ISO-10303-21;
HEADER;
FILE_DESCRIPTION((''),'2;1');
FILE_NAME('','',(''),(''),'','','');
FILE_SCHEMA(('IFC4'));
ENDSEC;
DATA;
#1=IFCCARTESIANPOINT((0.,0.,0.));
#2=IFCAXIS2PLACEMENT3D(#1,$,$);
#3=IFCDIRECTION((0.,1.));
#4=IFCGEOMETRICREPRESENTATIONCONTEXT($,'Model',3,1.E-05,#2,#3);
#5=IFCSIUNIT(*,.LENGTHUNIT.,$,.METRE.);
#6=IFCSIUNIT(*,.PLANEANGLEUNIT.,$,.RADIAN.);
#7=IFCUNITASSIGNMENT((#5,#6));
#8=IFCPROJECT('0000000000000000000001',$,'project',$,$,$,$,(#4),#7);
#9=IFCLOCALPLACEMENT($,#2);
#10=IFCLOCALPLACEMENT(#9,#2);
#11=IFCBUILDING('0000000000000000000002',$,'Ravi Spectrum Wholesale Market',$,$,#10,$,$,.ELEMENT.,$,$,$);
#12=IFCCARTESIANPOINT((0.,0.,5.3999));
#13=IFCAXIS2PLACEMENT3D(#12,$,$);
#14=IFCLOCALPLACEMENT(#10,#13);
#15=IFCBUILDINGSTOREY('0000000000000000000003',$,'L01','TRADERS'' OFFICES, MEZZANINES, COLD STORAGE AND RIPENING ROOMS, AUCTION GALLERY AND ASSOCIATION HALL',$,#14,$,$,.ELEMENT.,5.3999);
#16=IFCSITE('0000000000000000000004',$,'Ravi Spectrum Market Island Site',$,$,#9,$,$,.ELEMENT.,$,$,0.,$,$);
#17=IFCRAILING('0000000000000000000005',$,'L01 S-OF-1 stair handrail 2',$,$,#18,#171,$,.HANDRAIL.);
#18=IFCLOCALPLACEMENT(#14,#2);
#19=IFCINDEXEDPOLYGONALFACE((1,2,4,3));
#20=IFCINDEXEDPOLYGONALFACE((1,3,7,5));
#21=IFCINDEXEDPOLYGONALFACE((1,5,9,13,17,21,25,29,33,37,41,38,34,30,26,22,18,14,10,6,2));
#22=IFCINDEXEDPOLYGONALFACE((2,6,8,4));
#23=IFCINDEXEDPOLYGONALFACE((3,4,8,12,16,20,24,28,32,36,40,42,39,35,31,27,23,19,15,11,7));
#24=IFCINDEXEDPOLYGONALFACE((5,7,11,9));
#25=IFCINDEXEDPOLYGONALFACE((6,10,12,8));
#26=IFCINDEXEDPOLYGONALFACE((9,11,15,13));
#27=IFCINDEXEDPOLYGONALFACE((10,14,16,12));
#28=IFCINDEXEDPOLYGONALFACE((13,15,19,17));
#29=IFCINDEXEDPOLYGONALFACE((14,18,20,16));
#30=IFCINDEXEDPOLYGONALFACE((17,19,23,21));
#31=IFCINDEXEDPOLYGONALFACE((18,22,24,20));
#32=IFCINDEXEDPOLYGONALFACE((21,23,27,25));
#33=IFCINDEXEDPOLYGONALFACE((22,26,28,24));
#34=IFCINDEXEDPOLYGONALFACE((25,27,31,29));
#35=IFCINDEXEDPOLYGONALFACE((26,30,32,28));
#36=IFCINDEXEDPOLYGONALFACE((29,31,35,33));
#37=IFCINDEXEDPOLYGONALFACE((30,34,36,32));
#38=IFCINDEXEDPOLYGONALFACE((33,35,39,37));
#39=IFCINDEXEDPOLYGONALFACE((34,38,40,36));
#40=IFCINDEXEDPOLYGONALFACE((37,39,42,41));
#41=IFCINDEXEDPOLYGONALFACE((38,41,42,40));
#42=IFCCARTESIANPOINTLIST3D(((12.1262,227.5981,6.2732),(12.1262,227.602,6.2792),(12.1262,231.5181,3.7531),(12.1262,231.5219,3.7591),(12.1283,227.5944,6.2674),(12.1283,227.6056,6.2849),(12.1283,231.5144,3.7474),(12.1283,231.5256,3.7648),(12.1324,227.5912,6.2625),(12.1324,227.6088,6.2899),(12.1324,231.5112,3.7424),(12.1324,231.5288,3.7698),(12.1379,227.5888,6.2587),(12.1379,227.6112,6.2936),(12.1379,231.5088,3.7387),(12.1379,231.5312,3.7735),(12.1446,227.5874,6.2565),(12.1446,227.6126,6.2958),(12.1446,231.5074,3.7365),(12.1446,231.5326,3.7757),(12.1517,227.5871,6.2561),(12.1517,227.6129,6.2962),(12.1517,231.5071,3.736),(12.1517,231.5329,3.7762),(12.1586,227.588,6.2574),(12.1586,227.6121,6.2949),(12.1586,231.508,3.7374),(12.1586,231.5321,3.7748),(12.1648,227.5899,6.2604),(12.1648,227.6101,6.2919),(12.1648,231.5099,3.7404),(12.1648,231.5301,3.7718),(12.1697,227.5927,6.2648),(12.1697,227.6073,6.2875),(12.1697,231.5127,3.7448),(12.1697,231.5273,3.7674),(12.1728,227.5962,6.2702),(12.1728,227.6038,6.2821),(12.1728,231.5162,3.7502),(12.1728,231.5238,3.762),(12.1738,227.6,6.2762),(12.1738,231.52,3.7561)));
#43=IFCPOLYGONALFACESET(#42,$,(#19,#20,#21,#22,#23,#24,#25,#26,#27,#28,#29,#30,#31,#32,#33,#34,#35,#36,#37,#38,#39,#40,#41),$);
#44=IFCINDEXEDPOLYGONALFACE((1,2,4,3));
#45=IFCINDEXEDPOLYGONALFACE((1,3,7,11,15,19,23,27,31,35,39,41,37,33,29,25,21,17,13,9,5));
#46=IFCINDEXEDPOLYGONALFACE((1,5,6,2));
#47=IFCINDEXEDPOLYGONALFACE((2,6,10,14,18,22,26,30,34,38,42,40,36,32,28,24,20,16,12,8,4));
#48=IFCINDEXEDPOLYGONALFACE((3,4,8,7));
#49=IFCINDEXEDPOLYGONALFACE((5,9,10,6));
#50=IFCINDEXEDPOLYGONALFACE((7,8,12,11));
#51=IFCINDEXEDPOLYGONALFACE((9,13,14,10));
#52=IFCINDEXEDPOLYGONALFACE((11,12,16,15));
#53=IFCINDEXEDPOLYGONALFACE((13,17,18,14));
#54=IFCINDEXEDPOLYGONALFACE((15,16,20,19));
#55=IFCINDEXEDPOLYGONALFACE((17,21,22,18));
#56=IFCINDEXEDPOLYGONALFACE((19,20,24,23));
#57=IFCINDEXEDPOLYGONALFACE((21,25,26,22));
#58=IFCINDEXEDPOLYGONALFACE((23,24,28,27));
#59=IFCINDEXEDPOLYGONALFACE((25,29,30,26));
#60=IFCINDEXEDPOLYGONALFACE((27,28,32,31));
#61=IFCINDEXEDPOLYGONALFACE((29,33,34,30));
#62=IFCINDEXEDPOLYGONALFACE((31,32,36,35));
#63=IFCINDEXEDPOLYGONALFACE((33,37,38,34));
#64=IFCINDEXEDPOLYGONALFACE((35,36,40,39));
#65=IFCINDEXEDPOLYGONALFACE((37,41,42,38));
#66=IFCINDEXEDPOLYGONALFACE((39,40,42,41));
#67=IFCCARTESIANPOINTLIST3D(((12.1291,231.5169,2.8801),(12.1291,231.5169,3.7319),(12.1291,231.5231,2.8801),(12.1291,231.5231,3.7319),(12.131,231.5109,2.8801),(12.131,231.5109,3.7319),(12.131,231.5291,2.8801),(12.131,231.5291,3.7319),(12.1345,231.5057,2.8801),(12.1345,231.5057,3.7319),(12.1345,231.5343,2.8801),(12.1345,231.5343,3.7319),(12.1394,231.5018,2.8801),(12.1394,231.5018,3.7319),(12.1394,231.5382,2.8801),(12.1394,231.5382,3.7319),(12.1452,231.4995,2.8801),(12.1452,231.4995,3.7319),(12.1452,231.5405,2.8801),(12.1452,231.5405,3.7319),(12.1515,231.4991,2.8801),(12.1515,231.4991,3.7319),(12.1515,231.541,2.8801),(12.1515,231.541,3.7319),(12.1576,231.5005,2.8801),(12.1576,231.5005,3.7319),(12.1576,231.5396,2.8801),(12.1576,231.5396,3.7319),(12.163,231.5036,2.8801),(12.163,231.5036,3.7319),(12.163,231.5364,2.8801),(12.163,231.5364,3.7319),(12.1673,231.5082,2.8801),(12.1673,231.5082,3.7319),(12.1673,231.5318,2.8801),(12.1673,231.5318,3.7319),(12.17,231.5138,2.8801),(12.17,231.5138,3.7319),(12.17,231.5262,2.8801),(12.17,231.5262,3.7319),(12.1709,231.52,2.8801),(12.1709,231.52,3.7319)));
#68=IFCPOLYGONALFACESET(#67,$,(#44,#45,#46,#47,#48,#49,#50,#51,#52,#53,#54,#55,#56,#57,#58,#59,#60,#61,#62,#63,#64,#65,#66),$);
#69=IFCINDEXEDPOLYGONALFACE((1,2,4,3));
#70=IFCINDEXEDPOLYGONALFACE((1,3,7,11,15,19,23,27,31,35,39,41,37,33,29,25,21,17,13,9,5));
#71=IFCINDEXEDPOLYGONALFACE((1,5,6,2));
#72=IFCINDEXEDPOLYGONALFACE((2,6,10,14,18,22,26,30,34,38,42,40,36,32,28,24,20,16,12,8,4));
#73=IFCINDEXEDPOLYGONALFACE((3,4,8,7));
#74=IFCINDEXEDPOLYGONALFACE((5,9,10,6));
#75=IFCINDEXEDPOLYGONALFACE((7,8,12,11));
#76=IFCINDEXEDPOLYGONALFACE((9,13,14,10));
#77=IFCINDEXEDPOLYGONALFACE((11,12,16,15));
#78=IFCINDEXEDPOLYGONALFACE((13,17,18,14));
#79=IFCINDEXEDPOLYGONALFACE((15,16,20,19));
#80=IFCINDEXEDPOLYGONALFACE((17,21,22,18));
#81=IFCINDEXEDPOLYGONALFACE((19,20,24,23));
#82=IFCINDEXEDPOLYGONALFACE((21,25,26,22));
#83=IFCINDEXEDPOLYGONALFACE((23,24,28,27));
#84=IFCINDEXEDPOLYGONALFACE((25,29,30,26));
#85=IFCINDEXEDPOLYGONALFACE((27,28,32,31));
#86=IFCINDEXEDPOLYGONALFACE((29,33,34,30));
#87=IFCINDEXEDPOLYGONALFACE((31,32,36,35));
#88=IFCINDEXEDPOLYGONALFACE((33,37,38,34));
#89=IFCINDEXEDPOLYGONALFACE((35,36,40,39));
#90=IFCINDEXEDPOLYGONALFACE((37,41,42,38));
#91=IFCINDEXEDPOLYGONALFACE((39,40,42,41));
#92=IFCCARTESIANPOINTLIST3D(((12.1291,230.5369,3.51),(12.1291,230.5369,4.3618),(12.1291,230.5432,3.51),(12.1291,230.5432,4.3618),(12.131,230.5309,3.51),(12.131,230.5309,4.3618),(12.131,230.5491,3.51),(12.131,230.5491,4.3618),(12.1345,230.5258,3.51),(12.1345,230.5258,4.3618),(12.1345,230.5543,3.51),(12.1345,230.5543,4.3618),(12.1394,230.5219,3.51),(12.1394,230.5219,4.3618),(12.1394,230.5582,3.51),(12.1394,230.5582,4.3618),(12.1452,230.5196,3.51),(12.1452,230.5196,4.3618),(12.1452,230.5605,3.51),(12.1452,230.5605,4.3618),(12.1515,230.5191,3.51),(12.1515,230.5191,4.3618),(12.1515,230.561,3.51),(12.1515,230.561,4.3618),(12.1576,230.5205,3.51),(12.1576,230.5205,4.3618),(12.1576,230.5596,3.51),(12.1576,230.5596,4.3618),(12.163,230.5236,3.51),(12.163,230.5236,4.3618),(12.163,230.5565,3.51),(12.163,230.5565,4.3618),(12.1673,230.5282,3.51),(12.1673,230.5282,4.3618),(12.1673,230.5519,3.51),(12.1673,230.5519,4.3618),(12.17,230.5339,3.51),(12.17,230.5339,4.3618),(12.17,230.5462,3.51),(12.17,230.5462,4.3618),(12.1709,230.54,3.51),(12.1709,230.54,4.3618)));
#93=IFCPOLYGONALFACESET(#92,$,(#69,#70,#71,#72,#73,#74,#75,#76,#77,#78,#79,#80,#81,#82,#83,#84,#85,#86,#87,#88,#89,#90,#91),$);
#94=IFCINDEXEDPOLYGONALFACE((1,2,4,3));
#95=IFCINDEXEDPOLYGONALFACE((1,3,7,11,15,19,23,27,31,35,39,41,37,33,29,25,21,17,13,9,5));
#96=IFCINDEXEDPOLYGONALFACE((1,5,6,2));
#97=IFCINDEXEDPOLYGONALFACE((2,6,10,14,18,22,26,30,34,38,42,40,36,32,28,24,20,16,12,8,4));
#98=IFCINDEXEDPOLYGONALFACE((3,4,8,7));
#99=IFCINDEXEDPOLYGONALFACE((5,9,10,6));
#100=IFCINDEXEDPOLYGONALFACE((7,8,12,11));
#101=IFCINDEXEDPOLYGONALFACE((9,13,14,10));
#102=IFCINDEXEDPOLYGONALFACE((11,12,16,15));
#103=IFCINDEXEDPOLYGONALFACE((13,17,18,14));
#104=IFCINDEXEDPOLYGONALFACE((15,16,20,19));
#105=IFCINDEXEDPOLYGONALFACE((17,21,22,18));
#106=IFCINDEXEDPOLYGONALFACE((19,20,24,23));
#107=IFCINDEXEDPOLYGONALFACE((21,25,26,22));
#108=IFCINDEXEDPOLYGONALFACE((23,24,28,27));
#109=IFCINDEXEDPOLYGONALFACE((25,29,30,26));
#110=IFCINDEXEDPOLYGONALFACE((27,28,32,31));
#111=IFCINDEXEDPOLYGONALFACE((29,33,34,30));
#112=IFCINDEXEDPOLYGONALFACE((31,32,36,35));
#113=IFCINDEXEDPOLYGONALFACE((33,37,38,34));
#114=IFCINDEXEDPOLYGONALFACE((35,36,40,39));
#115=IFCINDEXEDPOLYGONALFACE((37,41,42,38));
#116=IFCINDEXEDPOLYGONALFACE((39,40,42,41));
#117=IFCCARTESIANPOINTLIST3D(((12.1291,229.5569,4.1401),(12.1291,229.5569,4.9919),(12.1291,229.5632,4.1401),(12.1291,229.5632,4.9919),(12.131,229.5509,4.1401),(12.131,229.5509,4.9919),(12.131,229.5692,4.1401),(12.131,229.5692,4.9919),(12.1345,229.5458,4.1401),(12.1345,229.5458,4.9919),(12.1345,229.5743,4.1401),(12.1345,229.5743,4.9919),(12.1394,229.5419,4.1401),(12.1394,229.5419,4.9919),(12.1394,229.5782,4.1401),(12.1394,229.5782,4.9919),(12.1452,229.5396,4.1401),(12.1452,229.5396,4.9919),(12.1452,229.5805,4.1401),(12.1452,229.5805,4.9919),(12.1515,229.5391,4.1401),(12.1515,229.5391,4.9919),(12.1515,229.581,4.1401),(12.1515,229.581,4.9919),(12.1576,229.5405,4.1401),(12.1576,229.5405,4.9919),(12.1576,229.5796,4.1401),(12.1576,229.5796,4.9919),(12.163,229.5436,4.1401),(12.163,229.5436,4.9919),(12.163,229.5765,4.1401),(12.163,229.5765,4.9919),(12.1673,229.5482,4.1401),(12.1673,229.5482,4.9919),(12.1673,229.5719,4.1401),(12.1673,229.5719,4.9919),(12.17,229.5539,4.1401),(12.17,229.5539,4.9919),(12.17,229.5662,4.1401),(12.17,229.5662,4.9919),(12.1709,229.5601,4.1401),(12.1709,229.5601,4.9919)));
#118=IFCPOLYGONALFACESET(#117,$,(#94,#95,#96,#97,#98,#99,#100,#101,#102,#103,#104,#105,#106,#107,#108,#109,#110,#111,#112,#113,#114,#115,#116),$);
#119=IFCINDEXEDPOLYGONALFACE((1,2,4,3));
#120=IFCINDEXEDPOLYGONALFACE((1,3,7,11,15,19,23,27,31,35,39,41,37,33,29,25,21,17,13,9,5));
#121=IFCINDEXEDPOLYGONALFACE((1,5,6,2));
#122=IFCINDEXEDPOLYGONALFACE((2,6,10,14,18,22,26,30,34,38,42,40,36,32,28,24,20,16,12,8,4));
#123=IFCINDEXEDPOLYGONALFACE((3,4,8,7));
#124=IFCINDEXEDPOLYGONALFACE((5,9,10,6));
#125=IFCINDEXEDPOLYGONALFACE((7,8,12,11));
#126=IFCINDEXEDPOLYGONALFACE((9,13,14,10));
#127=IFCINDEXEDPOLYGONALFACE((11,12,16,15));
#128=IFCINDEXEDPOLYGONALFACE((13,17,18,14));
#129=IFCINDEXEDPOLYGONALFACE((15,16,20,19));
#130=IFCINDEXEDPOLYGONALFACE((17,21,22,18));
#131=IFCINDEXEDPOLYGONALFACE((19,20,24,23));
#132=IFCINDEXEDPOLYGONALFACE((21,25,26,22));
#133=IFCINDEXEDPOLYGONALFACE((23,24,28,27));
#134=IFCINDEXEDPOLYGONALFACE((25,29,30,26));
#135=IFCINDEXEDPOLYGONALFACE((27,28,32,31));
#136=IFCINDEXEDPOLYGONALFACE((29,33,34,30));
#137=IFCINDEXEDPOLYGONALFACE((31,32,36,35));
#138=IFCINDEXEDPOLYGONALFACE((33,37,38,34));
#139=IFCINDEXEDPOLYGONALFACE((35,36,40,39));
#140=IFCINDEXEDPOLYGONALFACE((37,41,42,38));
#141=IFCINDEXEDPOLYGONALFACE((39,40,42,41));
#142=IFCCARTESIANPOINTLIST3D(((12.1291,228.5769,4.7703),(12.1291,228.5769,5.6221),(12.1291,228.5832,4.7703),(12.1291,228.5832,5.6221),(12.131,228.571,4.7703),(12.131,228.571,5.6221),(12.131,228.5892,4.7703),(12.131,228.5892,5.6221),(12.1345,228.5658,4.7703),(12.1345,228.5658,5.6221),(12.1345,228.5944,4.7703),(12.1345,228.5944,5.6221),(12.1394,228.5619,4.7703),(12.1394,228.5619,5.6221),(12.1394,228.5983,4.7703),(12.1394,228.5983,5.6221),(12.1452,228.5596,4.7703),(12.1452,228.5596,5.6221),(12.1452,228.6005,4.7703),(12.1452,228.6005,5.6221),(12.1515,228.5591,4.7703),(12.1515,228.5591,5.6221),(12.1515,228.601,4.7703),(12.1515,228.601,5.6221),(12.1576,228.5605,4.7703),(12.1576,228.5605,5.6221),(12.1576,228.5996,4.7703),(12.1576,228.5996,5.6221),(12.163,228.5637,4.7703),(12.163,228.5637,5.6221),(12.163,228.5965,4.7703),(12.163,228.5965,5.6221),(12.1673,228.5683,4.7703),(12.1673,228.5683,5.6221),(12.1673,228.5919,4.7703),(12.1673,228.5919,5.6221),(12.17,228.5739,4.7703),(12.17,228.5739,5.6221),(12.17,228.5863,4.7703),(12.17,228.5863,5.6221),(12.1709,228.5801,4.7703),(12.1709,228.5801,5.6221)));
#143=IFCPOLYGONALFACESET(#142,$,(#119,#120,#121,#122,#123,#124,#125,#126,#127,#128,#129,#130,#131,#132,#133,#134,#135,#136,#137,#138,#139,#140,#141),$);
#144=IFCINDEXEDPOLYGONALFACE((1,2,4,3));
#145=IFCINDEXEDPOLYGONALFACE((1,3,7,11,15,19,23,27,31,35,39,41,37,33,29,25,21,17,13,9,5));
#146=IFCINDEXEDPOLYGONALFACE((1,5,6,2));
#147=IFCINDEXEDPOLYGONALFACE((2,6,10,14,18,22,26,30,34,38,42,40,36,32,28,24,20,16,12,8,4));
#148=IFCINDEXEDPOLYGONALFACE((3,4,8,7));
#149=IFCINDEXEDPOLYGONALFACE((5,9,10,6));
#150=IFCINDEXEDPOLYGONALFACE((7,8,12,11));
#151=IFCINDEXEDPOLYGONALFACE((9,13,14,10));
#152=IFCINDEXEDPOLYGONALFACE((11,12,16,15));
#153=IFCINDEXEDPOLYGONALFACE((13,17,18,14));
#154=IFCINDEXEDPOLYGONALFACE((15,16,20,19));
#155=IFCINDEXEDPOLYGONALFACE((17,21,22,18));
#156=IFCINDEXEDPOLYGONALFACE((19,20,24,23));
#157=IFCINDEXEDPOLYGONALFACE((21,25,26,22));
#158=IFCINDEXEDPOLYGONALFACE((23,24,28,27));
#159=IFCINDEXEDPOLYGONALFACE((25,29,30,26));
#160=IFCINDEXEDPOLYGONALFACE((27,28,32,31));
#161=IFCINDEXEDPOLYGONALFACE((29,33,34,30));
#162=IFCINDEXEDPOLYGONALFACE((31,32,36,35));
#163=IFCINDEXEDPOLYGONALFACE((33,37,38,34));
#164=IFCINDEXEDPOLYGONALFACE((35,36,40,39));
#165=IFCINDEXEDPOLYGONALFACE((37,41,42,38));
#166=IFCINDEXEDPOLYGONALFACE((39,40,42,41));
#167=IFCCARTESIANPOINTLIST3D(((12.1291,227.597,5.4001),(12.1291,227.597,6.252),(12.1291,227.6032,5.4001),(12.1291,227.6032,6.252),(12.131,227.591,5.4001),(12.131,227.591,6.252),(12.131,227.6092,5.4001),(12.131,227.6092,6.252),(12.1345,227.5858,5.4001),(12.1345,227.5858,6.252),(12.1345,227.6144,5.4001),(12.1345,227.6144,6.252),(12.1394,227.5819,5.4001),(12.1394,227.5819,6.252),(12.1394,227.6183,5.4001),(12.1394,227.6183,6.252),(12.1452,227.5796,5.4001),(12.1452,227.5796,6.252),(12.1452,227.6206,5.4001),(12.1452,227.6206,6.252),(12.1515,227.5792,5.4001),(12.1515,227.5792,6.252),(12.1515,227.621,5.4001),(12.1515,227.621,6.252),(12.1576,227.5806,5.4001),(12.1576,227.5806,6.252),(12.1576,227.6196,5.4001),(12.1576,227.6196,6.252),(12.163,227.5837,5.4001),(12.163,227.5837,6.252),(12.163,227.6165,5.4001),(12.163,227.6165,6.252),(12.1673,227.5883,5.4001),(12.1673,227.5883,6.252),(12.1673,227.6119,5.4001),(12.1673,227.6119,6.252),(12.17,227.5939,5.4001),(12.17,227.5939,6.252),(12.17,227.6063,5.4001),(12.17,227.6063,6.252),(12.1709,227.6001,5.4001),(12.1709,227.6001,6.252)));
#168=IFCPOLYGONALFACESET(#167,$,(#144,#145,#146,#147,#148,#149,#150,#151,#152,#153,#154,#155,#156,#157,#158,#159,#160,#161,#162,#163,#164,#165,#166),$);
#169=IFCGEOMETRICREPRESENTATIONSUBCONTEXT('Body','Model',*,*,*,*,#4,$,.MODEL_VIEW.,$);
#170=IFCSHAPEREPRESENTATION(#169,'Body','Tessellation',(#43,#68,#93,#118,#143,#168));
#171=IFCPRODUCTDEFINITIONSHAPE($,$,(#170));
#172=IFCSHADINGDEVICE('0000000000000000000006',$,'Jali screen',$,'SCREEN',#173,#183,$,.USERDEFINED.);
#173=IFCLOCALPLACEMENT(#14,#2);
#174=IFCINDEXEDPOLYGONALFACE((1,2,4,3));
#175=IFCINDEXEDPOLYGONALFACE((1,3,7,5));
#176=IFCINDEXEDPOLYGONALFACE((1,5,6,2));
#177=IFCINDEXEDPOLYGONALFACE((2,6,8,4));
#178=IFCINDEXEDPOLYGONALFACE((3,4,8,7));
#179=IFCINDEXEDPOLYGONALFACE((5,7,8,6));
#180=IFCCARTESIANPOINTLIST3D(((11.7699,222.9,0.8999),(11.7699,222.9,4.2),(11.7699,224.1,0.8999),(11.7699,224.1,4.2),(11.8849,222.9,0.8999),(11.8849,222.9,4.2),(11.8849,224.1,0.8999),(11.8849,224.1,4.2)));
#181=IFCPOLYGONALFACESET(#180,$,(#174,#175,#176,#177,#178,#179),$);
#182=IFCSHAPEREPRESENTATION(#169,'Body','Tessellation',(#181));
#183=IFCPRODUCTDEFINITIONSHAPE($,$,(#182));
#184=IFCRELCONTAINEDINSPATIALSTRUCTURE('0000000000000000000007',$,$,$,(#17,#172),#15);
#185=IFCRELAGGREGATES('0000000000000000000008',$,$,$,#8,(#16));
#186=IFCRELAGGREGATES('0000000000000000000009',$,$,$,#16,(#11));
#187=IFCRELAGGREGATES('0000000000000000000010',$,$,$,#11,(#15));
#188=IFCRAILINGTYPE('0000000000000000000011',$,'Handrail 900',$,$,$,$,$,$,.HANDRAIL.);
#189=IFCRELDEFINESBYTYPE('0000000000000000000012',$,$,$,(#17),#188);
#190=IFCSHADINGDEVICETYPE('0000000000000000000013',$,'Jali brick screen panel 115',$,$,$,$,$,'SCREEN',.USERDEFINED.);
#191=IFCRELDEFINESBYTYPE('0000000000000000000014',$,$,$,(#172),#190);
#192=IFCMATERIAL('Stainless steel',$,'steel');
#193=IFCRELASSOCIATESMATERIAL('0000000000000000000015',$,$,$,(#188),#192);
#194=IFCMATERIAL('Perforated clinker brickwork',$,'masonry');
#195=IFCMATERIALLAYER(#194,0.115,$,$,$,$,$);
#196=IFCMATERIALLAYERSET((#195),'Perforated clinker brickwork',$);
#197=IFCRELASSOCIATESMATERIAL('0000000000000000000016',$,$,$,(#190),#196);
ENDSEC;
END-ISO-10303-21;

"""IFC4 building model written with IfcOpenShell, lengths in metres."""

from ifc_helpers import new_model, si_unit, direction, frame, origin, origin_2d, place, context, subcontext, project, spatial, rectangle, circle, extrude, material, layer, layer_set, type_object, element, save


model = new_model("IFC4")

# Units and contexts
model_context = context("Model", 3, precision=1e-05, world=origin(), true_north=direction((0.0, 1.0)))
body_context = subcontext(model_context, "Body", "Model", "MODEL_VIEW")
ifc_project = project(units=[si_unit("LENGTHUNIT", "METRE"), si_unit("PLANEANGLEUNIT", "RADIAN")], contexts=[model_context])

# Site, building, storey
site_placement = place(None, origin())
site = spatial("IfcSite", under=ifc_project, at=site_placement, Name="Ravi Spectrum Market Island Site", CompositionType="ELEMENT", RefElevation=0.0)
building_placement = place(site_placement, origin())
building = spatial("IfcBuilding", under=site, at=building_placement, Name="Ravi Spectrum Wholesale Market", CompositionType="ELEMENT")
storey_placement = place(building_placement, frame((0.0, 0.0, 5.3999)))
storey = spatial("IfcBuildingStorey", under=building, at=storey_placement, Name="L01", Description="TRADERS' OFFICES, MEZZANINES, COLD STORAGE AND RIPENING ROOMS, AUCTION GALLERY AND ASSOCIATION HALL", CompositionType="ELEMENT", Elevation=5.3999)

# Railing
ifc_material_1 = material(Name="Stainless steel", Category="steel")
railing_type_1 = type_object("IfcRailingType", Name="Handrail 900", PredefinedType="HANDRAIL", material=ifc_material_1)
railing_1_placement = place(storey_placement, frame((12.1499, 231.52, 2.8801)))
element("IfcRailing", 1, at=railing_1_placement, inside=storey, type_object=railing_type_1, Name="L01 S-OF-1 stair handrail 2", PredefinedType="HANDRAIL", context=body_context, shape_type="SweptSolid", body=[
    extrude(circle(Radius=0.0239, at=origin_2d()), frame((0.0, 0.0, 0.876), z_axis=(0.0, -0.841172, 0.540768), x_axis=(1.0, 0.0, 0.0)), (0.0, 0.0, 1.0), 4.6602),
    extrude(circle(Radius=0.021, at=origin_2d()), origin(), (0.0, 0.0, 1.0), 0.8518),
    extrude(circle(Radius=0.021, at=origin_2d()), frame((0.0, -0.98, 0.6299)), (0.0, 0.0, 1.0), 0.8518),
    extrude(circle(Radius=0.021, at=origin_2d()), frame((0.0, -1.96, 1.26)), (0.0, 0.0, 1.0), 0.8518),
    extrude(circle(Radius=0.021, at=origin_2d()), frame((0.0, -2.9399, 1.8901)), (0.0, 0.0, 1.0), 0.8518),
    extrude(circle(Radius=0.021, at=origin_2d()), frame((0.0, -3.9199, 2.52)), (0.0, 0.0, 1.0), 0.8518),
])

# Shading device
ifc_material_2 = material(Name="Perforated clinker brickwork", Category="masonry")
ifc_layer_1 = layer(ifc_material_2, 0.115)
ifc_layer_set_1 = layer_set([ifc_layer_1], Name="Perforated clinker brickwork")
shading_device_type = type_object("IfcShadingDeviceType", Name="Jali brick screen panel 115", ElementType="SCREEN", PredefinedType="USERDEFINED", material=ifc_layer_set_1)
shading_device_placement = place(storey_placement, frame((11.8274, 223.5, 0.8999), z_axis=(0.0, 0.0, 1.0), x_axis=(1.0, 0.0, 0.0)))
element("IfcShadingDevice", 2, at=shading_device_placement, inside=storey, type_object=shading_device_type, Name="Jali screen", ObjectType="SCREEN", PredefinedType="USERDEFINED", context=body_context, shape_type="SweptSolid", body=[
    extrude(rectangle(XDim=0.115, YDim=1.2, at=origin_2d()), origin(), (0.0, 0.0, 1.0), 3.3),
])

save(model, "model.ifc")
